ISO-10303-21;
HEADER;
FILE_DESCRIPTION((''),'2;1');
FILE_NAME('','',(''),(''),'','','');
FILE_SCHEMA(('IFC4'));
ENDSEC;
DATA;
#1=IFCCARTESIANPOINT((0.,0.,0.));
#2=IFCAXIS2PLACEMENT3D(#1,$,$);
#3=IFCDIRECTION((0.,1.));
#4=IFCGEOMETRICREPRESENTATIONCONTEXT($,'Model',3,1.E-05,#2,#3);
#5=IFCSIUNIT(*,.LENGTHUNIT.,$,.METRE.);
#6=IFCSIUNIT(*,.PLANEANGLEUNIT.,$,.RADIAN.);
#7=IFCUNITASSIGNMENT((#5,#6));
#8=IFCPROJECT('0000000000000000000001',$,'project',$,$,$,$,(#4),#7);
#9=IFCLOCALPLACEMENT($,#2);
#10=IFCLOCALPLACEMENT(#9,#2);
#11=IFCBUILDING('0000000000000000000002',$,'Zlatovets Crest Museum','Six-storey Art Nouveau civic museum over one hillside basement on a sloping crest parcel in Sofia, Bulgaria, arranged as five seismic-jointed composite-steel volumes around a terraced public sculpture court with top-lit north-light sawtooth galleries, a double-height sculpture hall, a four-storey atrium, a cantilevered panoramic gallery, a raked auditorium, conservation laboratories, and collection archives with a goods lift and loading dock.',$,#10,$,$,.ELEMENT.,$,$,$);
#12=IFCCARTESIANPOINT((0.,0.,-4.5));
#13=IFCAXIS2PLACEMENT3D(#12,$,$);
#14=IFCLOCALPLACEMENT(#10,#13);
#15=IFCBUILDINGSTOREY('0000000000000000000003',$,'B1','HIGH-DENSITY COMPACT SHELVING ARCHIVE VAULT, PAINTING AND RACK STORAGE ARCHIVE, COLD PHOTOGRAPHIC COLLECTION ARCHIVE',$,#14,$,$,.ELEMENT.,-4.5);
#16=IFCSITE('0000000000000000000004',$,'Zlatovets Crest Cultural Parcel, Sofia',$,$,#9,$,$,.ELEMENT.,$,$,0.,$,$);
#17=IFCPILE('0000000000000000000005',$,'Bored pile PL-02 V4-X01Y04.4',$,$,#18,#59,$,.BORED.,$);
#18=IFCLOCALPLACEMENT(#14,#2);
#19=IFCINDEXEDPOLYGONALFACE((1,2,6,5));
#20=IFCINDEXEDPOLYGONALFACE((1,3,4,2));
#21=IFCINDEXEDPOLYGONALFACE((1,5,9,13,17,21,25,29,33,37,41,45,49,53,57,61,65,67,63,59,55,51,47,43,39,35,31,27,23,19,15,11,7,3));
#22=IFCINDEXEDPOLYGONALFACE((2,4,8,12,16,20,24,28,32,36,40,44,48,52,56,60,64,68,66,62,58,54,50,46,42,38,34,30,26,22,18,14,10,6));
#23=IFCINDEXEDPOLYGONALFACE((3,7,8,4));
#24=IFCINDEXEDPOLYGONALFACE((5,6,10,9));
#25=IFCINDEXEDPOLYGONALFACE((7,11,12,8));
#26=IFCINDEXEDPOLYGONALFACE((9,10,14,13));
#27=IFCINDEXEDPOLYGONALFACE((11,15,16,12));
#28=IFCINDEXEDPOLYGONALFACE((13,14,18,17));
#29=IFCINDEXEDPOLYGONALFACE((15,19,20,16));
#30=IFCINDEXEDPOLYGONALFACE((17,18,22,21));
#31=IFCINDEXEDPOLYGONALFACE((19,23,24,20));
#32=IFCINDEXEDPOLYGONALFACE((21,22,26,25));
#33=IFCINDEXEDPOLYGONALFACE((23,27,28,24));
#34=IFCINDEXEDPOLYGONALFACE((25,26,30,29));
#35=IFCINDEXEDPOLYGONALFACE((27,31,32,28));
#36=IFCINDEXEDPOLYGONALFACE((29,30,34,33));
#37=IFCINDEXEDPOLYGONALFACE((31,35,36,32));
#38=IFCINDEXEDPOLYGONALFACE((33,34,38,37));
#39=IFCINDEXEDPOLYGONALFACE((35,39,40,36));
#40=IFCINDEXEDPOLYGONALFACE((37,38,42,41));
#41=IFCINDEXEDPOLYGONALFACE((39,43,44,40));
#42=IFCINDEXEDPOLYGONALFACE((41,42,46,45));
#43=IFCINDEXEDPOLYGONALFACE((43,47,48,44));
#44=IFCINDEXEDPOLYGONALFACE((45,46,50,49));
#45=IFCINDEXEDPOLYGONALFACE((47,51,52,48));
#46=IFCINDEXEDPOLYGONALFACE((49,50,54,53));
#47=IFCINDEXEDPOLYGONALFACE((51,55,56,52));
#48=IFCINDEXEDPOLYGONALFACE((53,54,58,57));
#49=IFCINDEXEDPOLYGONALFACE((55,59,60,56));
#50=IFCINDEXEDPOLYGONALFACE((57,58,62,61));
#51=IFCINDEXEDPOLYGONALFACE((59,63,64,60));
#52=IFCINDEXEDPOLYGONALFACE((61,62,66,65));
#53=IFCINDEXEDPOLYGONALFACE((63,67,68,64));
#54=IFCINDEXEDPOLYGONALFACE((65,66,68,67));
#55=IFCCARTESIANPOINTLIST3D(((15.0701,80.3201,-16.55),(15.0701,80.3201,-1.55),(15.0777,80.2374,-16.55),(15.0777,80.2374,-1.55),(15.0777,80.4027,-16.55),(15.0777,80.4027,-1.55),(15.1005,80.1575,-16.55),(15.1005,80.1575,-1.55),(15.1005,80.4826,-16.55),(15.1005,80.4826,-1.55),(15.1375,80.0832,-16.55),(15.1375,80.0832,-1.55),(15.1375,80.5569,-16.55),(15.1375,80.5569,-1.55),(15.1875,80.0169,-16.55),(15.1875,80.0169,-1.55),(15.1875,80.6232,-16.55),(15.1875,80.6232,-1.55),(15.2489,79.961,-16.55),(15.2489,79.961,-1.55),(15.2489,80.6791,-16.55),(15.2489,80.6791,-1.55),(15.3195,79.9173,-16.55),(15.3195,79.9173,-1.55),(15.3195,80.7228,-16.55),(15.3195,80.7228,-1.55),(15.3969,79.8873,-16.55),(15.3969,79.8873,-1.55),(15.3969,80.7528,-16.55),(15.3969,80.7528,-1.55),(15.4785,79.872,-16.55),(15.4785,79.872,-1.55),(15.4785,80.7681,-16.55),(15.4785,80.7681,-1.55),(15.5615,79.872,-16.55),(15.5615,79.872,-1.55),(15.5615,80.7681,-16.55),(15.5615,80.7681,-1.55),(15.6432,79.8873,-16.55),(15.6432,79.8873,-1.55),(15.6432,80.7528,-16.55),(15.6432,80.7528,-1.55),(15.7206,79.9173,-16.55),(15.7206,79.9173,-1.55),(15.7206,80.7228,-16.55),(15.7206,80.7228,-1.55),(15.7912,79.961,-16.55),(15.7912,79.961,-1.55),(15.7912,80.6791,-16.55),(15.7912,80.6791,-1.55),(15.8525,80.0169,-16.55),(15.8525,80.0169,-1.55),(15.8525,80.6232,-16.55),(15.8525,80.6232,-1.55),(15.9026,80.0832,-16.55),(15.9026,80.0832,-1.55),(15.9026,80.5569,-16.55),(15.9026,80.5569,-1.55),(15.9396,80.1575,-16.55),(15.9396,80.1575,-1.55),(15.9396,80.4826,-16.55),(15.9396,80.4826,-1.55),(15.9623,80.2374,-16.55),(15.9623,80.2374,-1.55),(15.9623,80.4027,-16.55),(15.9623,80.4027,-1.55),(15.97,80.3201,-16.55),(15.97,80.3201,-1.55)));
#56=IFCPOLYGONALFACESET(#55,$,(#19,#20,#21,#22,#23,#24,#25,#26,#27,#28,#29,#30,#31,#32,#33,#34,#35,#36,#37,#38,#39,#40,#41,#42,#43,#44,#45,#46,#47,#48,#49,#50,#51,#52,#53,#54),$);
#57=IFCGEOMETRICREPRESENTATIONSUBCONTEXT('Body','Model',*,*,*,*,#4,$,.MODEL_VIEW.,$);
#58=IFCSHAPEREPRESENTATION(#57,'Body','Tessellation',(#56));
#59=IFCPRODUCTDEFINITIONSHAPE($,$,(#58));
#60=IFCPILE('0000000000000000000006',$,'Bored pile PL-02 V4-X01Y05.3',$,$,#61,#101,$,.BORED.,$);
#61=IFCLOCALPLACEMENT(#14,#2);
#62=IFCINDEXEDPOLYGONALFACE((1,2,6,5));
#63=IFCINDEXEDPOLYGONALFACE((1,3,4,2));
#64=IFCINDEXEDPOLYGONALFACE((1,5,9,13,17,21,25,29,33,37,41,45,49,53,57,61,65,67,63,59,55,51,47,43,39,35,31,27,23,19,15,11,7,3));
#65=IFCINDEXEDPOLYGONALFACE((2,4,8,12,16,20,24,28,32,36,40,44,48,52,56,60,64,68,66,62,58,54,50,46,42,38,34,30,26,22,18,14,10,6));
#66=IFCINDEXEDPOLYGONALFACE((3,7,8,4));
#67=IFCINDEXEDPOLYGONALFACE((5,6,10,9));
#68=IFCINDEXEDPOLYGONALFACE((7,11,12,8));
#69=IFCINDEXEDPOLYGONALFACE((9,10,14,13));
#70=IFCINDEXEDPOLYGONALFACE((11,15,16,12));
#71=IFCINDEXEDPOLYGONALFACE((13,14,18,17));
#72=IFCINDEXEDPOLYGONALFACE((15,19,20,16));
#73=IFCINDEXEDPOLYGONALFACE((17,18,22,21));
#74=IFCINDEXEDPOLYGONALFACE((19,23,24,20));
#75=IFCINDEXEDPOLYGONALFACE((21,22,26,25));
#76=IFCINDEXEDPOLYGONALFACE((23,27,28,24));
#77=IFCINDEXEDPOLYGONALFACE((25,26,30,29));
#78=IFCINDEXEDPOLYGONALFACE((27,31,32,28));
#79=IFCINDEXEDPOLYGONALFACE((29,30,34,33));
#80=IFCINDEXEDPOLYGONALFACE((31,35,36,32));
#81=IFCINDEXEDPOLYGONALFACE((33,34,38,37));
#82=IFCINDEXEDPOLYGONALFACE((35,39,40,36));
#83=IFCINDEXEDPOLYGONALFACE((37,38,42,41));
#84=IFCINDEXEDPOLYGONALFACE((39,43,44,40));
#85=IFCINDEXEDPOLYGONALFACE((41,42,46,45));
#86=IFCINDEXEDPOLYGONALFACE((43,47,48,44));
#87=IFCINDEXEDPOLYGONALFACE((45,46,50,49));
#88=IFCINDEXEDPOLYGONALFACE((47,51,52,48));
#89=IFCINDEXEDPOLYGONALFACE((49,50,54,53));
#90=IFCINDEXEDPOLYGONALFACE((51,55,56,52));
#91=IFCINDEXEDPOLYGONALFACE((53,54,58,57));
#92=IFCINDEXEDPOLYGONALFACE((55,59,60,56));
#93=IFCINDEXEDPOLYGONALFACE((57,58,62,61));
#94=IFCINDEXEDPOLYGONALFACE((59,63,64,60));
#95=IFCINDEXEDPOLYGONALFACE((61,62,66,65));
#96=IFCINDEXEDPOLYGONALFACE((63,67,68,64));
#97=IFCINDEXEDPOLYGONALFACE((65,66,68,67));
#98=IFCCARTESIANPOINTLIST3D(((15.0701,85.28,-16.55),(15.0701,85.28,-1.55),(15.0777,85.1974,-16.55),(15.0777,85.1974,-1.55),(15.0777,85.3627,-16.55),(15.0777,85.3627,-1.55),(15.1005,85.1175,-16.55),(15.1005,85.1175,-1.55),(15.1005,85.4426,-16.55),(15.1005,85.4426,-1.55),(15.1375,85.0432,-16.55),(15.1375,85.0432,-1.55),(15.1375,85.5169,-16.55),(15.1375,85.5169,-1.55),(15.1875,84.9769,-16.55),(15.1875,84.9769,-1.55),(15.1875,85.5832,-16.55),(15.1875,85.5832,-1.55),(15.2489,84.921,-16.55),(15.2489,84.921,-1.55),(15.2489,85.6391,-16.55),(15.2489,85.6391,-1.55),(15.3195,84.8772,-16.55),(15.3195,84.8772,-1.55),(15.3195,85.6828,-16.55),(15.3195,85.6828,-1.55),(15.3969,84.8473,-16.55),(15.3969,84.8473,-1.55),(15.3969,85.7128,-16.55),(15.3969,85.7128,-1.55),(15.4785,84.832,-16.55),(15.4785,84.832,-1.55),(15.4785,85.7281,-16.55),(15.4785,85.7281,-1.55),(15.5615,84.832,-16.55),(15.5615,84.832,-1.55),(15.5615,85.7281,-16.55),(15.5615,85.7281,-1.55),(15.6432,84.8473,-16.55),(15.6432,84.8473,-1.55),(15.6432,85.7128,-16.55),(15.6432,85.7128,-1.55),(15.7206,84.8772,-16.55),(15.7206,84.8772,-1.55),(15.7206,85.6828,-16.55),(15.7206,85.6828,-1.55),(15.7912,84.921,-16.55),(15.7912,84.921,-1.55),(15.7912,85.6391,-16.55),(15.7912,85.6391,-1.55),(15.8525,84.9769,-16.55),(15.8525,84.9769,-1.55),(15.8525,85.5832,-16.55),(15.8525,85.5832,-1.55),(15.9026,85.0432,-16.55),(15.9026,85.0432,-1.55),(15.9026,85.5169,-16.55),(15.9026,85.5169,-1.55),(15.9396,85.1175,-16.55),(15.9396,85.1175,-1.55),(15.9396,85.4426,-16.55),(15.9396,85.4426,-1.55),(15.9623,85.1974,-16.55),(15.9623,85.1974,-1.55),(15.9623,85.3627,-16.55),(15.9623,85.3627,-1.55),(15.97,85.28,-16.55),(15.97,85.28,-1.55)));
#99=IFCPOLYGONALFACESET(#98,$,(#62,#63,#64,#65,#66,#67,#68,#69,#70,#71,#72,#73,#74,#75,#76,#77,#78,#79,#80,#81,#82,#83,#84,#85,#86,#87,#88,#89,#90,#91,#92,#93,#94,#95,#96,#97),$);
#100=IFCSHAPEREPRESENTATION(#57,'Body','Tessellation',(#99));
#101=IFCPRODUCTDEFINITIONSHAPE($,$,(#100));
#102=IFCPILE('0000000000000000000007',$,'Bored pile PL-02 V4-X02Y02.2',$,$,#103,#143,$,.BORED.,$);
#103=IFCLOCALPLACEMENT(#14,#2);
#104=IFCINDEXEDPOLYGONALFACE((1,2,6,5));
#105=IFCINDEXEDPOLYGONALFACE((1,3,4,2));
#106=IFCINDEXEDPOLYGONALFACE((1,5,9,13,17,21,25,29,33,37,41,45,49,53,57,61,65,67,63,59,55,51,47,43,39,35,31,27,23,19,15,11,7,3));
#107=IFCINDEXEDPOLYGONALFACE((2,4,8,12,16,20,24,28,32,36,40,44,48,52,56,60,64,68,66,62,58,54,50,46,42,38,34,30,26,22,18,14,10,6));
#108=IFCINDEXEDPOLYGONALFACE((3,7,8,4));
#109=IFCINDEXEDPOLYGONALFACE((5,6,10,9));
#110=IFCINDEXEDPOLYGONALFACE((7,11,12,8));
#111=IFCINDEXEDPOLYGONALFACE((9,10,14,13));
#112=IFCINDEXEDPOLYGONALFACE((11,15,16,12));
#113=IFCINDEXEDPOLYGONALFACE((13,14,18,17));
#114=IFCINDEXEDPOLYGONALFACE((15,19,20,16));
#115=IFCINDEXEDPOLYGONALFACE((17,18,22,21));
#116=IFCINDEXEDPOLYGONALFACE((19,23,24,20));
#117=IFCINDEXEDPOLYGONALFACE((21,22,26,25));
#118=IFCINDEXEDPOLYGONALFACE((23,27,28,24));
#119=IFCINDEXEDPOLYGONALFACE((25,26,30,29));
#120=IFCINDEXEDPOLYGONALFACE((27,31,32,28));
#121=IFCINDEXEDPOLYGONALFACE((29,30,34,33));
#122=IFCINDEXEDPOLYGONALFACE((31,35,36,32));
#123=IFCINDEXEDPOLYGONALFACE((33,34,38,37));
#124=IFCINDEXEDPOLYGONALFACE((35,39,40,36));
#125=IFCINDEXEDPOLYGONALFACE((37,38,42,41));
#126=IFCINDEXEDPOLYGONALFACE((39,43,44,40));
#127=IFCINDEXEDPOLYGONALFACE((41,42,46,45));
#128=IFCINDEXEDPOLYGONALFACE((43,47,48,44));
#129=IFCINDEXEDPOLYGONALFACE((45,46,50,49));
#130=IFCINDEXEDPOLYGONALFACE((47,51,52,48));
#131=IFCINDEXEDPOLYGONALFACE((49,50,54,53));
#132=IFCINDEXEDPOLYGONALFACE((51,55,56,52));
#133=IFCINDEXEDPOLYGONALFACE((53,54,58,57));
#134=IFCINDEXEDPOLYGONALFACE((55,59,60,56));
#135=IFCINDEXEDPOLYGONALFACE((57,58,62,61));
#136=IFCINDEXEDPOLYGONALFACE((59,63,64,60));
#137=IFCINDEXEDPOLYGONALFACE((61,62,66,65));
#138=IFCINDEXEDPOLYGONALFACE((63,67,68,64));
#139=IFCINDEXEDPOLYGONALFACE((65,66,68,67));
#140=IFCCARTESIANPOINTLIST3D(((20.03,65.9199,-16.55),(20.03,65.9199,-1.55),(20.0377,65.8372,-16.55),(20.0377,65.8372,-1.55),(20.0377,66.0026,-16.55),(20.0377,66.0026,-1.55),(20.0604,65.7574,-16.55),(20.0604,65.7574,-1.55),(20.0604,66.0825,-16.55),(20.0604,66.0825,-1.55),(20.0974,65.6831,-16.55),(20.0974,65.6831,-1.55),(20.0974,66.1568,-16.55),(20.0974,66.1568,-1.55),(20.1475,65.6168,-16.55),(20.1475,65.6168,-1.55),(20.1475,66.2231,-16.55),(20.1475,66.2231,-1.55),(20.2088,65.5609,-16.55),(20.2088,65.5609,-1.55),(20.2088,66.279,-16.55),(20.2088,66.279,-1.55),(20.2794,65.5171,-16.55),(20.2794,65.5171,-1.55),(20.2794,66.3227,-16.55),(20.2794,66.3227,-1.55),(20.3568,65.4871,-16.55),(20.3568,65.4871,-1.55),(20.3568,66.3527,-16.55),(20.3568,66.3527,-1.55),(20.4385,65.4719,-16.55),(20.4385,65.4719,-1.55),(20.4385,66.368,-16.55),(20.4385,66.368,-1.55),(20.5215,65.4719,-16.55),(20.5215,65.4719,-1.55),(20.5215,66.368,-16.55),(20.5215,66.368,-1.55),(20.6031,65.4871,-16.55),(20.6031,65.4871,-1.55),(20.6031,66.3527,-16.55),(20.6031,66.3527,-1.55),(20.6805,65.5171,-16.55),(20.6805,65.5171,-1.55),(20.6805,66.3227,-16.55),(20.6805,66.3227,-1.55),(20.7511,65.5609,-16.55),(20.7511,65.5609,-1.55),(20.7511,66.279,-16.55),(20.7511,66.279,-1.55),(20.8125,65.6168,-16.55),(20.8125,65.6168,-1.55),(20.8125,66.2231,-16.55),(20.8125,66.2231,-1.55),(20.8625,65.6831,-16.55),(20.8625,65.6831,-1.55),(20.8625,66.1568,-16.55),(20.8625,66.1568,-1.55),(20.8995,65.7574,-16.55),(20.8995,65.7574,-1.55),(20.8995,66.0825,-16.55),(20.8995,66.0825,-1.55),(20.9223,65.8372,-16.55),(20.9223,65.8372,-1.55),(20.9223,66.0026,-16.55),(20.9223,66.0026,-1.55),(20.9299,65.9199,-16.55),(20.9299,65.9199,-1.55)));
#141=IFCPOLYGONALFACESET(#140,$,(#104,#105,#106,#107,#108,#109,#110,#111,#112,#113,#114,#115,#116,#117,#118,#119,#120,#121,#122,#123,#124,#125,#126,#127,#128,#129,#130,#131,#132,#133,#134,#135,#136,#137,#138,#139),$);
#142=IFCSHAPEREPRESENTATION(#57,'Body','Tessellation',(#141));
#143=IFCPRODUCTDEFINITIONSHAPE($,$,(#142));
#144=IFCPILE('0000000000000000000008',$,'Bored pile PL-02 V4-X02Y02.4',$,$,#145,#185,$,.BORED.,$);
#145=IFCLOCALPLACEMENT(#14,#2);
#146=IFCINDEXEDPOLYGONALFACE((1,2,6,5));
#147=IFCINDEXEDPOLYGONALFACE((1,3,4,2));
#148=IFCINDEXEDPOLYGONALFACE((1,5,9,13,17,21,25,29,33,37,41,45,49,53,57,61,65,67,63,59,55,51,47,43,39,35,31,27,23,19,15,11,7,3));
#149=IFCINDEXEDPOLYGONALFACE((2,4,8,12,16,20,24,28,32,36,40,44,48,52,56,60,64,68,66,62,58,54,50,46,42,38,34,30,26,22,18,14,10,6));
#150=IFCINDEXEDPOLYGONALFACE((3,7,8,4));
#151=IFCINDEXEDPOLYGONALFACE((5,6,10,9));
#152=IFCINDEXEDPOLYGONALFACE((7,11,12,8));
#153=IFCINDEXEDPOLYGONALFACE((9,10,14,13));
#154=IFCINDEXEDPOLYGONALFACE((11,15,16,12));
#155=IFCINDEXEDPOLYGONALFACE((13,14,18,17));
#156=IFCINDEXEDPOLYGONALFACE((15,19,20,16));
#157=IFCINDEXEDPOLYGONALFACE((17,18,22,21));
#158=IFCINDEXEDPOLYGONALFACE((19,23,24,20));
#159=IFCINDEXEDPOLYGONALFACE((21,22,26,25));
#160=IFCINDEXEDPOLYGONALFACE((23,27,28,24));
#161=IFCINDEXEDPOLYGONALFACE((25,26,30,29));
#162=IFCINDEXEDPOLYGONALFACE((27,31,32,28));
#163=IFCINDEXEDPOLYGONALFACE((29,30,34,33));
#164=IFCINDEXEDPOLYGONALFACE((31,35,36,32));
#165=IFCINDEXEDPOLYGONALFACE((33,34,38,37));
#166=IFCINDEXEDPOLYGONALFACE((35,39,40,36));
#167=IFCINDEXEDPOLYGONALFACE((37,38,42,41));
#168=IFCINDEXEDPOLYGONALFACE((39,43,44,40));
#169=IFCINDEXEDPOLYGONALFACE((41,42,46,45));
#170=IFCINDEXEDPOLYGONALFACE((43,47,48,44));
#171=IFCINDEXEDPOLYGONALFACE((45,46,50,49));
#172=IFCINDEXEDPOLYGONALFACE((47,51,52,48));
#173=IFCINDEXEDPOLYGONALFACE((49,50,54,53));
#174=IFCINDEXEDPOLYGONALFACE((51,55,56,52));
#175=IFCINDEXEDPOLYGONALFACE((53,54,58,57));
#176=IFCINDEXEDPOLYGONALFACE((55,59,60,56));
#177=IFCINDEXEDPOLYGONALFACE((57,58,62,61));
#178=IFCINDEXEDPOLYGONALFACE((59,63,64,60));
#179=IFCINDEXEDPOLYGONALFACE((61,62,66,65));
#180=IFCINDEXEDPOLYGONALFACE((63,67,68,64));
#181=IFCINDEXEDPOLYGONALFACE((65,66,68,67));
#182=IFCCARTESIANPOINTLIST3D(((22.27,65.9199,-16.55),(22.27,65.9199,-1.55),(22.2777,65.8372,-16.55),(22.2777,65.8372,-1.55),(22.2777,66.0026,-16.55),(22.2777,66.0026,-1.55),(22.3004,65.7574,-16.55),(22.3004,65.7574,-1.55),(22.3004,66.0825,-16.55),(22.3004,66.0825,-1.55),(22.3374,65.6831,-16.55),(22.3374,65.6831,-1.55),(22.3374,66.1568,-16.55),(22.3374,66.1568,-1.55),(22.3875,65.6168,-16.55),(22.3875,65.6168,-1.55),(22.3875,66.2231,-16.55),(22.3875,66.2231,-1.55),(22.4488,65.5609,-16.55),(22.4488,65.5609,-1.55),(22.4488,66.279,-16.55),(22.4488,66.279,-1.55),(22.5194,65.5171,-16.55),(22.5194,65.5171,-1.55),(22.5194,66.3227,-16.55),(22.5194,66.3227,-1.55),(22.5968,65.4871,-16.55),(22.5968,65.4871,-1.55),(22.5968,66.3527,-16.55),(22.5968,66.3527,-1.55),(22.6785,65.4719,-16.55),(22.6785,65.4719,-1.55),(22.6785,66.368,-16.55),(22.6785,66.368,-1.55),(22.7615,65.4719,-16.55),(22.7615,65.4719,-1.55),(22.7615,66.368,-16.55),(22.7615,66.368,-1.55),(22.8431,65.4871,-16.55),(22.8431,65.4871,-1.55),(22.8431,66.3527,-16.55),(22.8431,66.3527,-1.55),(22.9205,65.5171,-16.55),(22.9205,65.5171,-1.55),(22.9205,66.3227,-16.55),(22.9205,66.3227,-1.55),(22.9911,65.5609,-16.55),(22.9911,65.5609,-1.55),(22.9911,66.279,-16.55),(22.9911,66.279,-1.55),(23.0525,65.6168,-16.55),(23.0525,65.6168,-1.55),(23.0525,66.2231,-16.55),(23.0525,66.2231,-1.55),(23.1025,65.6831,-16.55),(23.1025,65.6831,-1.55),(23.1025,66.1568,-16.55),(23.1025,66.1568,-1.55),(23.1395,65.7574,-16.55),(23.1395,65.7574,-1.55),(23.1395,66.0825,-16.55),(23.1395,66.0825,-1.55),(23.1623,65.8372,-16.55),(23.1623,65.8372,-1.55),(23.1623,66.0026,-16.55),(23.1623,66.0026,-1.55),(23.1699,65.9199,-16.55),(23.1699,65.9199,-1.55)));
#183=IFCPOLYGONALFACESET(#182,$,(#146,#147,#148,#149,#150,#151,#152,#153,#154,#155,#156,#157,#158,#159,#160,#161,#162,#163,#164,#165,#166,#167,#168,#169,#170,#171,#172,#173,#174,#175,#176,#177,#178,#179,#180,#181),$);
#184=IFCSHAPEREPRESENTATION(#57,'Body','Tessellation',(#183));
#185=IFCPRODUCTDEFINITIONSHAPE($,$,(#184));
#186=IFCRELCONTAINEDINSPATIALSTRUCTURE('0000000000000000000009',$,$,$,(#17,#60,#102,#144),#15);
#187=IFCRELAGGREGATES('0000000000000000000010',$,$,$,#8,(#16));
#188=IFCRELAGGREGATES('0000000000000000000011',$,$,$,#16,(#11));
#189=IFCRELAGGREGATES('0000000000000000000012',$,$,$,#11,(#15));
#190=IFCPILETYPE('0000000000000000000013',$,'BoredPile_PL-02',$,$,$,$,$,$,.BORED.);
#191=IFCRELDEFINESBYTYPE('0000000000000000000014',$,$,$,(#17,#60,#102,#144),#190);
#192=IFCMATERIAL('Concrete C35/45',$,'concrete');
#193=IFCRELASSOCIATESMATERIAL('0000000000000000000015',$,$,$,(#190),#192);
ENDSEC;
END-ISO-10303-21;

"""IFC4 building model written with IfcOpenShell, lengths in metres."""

from ifc_helpers import new_model, si_unit, direction, frame, origin, origin_2d, place, context, subcontext, project, spatial, circle, extrude, material, material_profile, profile_set, type_object, element, save


model = new_model("IFC4")

# Units and contexts
model_context = context("Model", 3, precision=1e-05, world=origin(), true_north=direction((0.0, 1.0)))
body_context = subcontext(model_context, "Body", "Model", "MODEL_VIEW")
ifc_project = project(units=[si_unit("LENGTHUNIT", "METRE"), si_unit("PLANEANGLEUNIT", "RADIAN")], contexts=[model_context])

# Site, building, storey
site_placement = place(None, origin())
site = spatial("IfcSite", under=ifc_project, at=site_placement, Name="Zlatovets Crest Cultural Parcel, Sofia", CompositionType="ELEMENT", RefElevation=0.0)
building_placement = place(site_placement, origin())
building = spatial("IfcBuilding", under=site, at=building_placement, Name="Zlatovets Crest Museum", Description="Six-storey Art Nouveau civic museum over one hillside basement on a sloping crest parcel in Sofia, Bulgaria, arranged as five seismic-jointed composite-steel volumes around a terraced public sculpture court with top-lit north-light sawtooth galleries, a double-height sculpture hall, a four-storey atrium, a cantilevered panoramic gallery, a raked auditorium, conservation laboratories, and collection archives with a goods lift and loading dock.", CompositionType="ELEMENT")
storey_placement = place(building_placement, frame((0.0, 0.0, -4.5)))
storey = spatial("IfcBuildingStorey", under=building, at=storey_placement, Name="B1", Description="HIGH-DENSITY COMPACT SHELVING ARCHIVE VAULT, PAINTING AND RACK STORAGE ARCHIVE, COLD PHOTOGRAPHIC COLLECTION ARCHIVE", CompositionType="ELEMENT", Elevation=-4.5)

# Piles
ifc_material_1 = material(Name="Concrete C35/45", Category="concrete")
ifc_material_profile_1 = material_profile(ifc_material_1, circle(Radius=0.45, at=origin_2d()), Name="PILE D900")
ifc_profile_set_1 = profile_set([ifc_material_profile_1], Name="Concrete C35/45")
pile_type = type_object("IfcPileType", Name="BoredPile_PL-02", PredefinedType="BORED", material=ifc_profile_set_1)
for number, where, z_axis, x_axis, name in (
    (1, (15.52, 80.3201, -1.55), (0.0, 0.0, -1.0), (1.0, 0.0, 0.0), "Bored pile PL-02 V4-X01Y04.4"),
    (2, (15.52, 85.28, -1.55), (0.0, 0.0, -1.0), (1.0, 0.0, 0.0), "Bored pile PL-02 V4-X01Y05.3"),
    (3, (20.48, 65.9199, -1.55), (0.0, 0.0, -1.0), (1.0, 0.0, 0.0), "Bored pile PL-02 V4-X02Y02.2"),
    (4, (22.72, 65.9199, -1.55), (0.0, 0.0, -1.0), (1.0, 0.0, 0.0), "Bored pile PL-02 V4-X02Y02.4"),
):
    element("IfcPile", number, at=place(storey_placement, frame(where, z_axis=z_axis, x_axis=x_axis)), inside=storey, type_object=pile_type, Name=name, PredefinedType="BORED", context=body_context, shape_type="SweptSolid", body=[
        extrude(circle(Radius=0.45, at=origin_2d()), origin(), (0.0, 0.0, 1.0), 15.0),
    ])

save(model, "model.ifc")
